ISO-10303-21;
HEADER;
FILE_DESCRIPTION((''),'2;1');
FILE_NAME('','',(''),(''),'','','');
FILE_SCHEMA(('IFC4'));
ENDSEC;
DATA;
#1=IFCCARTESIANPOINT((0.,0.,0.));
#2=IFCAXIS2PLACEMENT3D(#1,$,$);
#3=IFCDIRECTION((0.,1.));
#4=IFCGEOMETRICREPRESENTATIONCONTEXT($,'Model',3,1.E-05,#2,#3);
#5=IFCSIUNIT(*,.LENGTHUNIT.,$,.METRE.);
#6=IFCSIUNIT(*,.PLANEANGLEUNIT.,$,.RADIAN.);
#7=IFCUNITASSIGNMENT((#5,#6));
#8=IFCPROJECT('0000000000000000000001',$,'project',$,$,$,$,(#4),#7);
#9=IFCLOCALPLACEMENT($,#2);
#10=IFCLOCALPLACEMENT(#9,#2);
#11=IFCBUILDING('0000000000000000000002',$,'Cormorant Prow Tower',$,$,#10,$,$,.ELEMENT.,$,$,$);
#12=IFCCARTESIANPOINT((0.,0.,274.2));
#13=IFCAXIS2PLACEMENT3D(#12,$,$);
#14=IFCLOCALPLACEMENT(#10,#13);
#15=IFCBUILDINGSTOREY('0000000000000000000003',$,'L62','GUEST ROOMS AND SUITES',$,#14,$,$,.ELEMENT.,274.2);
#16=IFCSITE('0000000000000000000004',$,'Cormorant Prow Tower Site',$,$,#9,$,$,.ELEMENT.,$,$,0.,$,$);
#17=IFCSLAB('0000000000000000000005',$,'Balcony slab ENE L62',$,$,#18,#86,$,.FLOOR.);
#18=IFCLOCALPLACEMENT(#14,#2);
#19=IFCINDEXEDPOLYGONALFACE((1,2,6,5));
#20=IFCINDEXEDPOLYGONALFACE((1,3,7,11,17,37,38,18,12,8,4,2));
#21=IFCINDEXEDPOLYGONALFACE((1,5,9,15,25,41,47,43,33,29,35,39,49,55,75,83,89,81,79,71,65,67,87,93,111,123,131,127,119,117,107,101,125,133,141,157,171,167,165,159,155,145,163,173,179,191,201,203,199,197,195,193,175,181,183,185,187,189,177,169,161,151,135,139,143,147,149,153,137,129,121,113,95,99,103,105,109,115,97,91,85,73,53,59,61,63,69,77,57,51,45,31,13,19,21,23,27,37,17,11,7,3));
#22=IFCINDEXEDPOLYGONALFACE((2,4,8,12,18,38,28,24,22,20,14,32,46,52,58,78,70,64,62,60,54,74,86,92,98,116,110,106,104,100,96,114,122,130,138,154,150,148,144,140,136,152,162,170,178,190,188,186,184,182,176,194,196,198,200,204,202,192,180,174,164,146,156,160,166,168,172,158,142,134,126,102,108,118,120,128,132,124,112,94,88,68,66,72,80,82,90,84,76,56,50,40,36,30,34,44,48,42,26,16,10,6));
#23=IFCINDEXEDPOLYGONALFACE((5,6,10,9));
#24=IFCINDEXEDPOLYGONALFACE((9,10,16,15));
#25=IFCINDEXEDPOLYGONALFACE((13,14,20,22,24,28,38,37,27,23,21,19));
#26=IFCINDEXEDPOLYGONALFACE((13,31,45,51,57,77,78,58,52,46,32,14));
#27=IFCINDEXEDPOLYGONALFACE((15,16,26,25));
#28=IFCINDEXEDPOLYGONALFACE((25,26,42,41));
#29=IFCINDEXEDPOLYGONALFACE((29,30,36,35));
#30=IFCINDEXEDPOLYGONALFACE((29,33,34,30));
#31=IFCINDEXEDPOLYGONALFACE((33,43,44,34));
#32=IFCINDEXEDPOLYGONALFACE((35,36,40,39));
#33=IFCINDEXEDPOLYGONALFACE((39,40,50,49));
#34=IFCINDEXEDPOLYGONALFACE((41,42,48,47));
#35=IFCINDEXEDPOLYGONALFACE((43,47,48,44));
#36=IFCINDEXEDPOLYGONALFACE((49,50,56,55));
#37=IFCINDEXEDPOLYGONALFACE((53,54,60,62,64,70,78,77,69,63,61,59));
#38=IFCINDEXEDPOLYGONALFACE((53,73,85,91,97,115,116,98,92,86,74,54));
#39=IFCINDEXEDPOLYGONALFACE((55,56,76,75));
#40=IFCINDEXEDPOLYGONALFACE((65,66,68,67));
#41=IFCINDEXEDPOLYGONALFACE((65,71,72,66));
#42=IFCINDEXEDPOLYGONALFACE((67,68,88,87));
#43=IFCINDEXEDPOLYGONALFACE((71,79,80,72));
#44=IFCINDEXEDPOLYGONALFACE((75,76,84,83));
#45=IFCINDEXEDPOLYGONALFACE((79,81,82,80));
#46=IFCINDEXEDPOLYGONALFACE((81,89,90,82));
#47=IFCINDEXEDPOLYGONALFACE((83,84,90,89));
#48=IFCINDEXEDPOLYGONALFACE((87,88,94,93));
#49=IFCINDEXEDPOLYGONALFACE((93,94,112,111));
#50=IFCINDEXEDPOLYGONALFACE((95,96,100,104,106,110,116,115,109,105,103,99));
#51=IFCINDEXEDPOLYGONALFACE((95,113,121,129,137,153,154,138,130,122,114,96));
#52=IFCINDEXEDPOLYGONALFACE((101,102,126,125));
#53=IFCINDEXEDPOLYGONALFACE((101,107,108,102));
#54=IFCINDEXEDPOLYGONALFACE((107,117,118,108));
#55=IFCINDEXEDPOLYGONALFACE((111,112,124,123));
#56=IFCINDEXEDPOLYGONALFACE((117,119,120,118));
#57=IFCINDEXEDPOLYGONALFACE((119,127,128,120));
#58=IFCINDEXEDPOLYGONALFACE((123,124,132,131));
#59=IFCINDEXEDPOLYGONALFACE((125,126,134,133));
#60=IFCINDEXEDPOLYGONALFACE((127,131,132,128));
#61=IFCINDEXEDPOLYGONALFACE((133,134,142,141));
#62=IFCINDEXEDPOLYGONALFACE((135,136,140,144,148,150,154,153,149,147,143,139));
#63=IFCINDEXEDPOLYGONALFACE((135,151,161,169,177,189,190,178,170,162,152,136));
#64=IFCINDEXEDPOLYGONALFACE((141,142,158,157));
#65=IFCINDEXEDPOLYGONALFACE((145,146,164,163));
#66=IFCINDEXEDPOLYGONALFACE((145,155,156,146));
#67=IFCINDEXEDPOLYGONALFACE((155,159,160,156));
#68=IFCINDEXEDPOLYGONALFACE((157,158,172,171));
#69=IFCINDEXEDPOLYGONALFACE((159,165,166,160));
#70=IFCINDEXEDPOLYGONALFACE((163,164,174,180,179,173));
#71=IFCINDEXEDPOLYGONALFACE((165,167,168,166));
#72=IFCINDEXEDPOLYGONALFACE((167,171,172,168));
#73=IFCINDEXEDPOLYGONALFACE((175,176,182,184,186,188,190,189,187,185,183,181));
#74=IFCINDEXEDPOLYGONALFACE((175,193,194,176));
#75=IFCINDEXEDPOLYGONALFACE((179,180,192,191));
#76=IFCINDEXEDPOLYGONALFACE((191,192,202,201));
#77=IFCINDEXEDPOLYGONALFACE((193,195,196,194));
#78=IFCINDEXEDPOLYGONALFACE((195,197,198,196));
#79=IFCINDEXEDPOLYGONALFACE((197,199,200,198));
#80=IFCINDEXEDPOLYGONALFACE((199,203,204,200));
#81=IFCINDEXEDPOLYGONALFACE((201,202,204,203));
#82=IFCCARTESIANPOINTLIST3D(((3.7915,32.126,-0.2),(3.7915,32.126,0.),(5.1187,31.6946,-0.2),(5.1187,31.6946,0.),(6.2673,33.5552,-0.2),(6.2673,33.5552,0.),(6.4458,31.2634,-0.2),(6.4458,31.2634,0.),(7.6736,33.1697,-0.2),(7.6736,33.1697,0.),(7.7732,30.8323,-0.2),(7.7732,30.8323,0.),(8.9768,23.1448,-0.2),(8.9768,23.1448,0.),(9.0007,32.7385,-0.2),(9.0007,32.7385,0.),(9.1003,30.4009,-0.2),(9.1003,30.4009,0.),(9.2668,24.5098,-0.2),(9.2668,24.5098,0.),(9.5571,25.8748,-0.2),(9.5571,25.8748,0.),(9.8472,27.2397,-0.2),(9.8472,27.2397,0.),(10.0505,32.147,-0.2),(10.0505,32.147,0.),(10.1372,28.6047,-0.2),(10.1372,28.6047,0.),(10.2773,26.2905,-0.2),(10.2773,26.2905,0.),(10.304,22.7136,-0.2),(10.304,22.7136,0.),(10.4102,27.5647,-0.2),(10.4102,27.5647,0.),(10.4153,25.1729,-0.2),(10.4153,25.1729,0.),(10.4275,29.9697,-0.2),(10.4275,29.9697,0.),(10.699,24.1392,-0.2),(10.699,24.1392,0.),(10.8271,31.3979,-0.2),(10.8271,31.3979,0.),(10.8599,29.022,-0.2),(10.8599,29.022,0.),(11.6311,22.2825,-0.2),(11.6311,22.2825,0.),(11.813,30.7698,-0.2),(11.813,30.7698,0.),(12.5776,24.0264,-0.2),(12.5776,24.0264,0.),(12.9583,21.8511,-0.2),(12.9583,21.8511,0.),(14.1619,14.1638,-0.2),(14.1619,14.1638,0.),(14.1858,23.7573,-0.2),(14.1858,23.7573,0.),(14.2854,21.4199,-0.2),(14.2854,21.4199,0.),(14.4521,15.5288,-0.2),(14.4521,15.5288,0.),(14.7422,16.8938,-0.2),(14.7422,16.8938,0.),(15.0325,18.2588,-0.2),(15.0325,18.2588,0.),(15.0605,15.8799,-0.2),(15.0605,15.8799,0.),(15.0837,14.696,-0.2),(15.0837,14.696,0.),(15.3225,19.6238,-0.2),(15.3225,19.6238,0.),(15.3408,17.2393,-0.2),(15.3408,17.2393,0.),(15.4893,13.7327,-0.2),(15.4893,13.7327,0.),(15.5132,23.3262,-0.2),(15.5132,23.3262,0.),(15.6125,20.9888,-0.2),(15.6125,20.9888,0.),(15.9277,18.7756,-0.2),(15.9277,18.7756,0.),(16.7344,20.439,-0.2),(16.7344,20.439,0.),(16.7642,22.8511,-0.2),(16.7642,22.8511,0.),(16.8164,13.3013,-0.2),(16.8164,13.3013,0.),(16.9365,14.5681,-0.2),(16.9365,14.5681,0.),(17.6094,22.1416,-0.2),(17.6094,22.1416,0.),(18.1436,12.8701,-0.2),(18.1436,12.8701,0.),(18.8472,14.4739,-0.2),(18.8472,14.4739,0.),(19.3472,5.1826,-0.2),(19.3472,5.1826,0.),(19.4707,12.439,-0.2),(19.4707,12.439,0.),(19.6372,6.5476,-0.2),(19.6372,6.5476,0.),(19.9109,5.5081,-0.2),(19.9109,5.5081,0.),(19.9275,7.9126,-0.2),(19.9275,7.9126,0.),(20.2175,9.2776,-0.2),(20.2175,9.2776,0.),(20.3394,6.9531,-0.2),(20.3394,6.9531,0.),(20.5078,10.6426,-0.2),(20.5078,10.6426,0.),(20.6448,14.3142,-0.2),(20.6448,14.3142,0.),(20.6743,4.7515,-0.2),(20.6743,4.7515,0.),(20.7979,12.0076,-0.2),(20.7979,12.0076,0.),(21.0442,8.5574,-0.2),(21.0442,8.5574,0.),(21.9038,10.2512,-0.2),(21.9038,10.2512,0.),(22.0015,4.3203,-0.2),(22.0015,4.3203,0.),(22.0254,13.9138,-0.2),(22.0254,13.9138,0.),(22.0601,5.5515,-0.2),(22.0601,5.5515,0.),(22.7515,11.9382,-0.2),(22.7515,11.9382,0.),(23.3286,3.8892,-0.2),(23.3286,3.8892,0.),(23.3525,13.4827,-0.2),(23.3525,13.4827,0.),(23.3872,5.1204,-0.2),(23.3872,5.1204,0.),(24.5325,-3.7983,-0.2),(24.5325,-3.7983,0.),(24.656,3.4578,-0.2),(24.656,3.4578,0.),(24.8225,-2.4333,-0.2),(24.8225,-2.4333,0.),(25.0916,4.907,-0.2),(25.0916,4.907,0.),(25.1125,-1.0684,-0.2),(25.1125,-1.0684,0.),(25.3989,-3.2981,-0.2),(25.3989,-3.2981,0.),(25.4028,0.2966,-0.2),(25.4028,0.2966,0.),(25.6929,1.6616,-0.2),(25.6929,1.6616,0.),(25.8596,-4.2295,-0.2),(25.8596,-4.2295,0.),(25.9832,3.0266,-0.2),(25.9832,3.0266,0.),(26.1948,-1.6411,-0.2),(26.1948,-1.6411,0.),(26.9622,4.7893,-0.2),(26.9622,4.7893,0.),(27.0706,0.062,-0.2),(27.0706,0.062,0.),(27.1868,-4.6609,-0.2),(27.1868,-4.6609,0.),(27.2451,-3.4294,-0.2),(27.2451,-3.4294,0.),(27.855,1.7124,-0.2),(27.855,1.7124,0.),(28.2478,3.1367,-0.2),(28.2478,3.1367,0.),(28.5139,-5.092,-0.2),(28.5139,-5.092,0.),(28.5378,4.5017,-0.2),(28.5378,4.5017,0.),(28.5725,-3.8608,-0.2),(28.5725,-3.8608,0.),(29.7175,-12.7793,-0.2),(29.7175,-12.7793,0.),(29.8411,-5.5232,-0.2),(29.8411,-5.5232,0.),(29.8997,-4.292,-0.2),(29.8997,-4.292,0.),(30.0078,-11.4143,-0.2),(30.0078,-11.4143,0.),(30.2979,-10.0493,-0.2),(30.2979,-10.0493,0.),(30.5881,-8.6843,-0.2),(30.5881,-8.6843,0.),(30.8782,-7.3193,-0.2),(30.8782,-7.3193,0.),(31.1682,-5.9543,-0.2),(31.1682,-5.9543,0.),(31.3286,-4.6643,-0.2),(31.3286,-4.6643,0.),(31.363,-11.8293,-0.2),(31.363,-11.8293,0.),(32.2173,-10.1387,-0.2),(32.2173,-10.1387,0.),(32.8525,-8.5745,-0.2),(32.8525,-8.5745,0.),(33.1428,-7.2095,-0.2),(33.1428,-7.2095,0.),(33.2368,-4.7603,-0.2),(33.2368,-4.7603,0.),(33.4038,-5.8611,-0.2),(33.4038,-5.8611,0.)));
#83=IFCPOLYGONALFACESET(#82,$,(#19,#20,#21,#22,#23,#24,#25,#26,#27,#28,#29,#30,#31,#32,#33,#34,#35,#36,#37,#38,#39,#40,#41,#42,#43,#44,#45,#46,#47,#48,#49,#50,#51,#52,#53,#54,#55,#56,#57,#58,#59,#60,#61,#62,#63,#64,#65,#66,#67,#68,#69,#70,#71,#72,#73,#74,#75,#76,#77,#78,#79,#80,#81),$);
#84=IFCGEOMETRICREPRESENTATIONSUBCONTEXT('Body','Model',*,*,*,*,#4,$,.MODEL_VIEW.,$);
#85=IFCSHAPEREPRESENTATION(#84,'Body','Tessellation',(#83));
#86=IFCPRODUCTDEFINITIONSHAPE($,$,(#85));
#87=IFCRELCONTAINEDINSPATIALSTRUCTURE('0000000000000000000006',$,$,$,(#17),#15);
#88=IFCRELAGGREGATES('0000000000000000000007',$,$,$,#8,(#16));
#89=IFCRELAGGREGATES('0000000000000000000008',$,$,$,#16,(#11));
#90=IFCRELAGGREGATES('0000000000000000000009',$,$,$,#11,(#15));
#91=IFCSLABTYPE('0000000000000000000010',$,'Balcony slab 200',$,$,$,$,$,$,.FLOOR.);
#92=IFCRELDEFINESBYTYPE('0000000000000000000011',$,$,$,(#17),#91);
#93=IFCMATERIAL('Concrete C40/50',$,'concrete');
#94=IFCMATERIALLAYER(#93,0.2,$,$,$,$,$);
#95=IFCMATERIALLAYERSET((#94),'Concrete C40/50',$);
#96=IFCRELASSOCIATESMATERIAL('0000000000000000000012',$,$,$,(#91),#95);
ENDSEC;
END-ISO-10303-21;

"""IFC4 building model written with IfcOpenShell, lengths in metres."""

from ifc_helpers import new_model, si_unit, direction, frame, origin, place, context, subcontext, project, spatial, polyline, outline, extrude, material, layer, layer_set, type_object, element, save


model = new_model("IFC4")

# Units and contexts
model_context = context("Model", 3, precision=1e-05, world=origin(), true_north=direction((0.0, 1.0)))
body_context = subcontext(model_context, "Body", "Model", "MODEL_VIEW")
ifc_project = project(units=[si_unit("LENGTHUNIT", "METRE"), si_unit("PLANEANGLEUNIT", "RADIAN")], contexts=[model_context])

# Site, building, storey
site_placement = place(None, origin())
site = spatial("IfcSite", under=ifc_project, at=site_placement, Name="Cormorant Prow Tower Site", CompositionType="ELEMENT", RefElevation=0.0)
building_placement = place(site_placement, origin())
building = spatial("IfcBuilding", under=site, at=building_placement, Name="Cormorant Prow Tower", CompositionType="ELEMENT")
storey_placement = place(building_placement, frame((0.0, 0.0, 274.2)))
storey = spatial("IfcBuildingStorey", under=building, at=storey_placement, Name="L62", Description="GUEST ROOMS AND SUITES", CompositionType="ELEMENT", Elevation=274.2)

# Slab
ifc_material_1 = material(Name="Concrete C40/50", Category="concrete")
ifc_layer_1 = layer(ifc_material_1, 0.2)
ifc_layer_set_1 = layer_set([ifc_layer_1], Name="Concrete C40/50")
slab_type = type_object("IfcSlabType", Name="Balcony slab 200", PredefinedType="FLOOR", material=ifc_layer_set_1)
slab_1_placement = place(storey_placement, frame((0.0, 0.0, -0.2)))
element("IfcSlab", 1, at=slab_1_placement, inside=storey, type_object=slab_type, Name="Balcony slab ENE L62", PredefinedType="FLOOR", context=body_context, shape_type="SweptSolid", body=[
    extrude(outline(polyline([(29.7175, -12.7793), (31.363, -11.8293), (32.2173, -10.1387), (32.8525, -8.5745), (33.1428, -7.2095), (33.4038, -5.8611), (33.2368, -4.7603), (31.3286, -4.6643), (29.8997, -4.292), (28.5725, -3.8608), (27.2451, -3.4294), (25.3989, -3.2981), (26.1948, -1.6411), (27.0706, 0.062), (27.855, 1.7124), (28.2478, 3.1367), (28.5378, 4.5017), (26.9622, 4.7893), (25.0916, 4.907), (23.3872, 5.1204), (22.0601, 5.5515), (19.9109, 5.5081), (20.3394, 6.9531), (21.0442, 8.5574), (21.9038, 10.2512), (22.7515, 11.9382), (23.3525, 13.4827), (22.0254, 13.9138), (20.6448, 14.3142), (18.8472, 14.4739), (16.9365, 14.5681), (15.0837, 14.696), (15.0605, 15.8799), (15.3408, 17.2393), (15.9277, 18.7756), (16.7344, 20.439), (17.6094, 22.1416), (16.7642, 22.8511), (15.5132, 23.3262), (14.1858, 23.7573), (12.5776, 24.0264), (10.699, 24.1392), (10.4153, 25.1729), (10.2773, 26.2905), (10.4102, 27.5647), (10.8599, 29.022), (11.813, 30.7698), (10.8271, 31.3979), (10.0505, 32.147), (9.0007, 32.7385), (7.6736, 33.1697), (6.2673, 33.5552), (3.7915, 32.126), (5.1187, 31.6946), (6.4458, 31.2634), (7.7732, 30.8323), (9.1003, 30.4009), (10.4275, 29.9697), (10.1372, 28.6047), (9.8472, 27.2397), (9.5571, 25.8748), (9.2668, 24.5098), (8.9768, 23.1448), (10.304, 22.7136), (11.6311, 22.2825), (12.9583, 21.8511), (14.2854, 21.4199), (15.6125, 20.9888), (15.3225, 19.6238), (15.0325, 18.2588), (14.7422, 16.8938), (14.4521, 15.5288), (14.1619, 14.1638), (15.4893, 13.7327), (16.8164, 13.3013), (18.1436, 12.8701), (19.4707, 12.439), (20.7979, 12.0076), (20.5078, 10.6426), (20.2175, 9.2776), (19.9275, 7.9126), (19.6372, 6.5476), (19.3472, 5.1826), (20.6743, 4.7515), (22.0015, 4.3203), (23.3286, 3.8892), (24.656, 3.4578), (25.9832, 3.0266), (25.6929, 1.6616), (25.4028, 0.2966), (25.1125, -1.0684), (24.8225, -2.4333), (24.5325, -3.7983), (25.8596, -4.2295), (27.1868, -4.6609), (28.5139, -5.092), (29.8411, -5.5232), (31.1682, -5.9543), (30.8782, -7.3193), (30.5881, -8.6843), (30.2979, -10.0493), (30.0078, -11.4143), (29.7175, -12.7793)])), origin(), (0.0, 0.0, 1.0), 0.2),
])

save(model, "model.ifc")
